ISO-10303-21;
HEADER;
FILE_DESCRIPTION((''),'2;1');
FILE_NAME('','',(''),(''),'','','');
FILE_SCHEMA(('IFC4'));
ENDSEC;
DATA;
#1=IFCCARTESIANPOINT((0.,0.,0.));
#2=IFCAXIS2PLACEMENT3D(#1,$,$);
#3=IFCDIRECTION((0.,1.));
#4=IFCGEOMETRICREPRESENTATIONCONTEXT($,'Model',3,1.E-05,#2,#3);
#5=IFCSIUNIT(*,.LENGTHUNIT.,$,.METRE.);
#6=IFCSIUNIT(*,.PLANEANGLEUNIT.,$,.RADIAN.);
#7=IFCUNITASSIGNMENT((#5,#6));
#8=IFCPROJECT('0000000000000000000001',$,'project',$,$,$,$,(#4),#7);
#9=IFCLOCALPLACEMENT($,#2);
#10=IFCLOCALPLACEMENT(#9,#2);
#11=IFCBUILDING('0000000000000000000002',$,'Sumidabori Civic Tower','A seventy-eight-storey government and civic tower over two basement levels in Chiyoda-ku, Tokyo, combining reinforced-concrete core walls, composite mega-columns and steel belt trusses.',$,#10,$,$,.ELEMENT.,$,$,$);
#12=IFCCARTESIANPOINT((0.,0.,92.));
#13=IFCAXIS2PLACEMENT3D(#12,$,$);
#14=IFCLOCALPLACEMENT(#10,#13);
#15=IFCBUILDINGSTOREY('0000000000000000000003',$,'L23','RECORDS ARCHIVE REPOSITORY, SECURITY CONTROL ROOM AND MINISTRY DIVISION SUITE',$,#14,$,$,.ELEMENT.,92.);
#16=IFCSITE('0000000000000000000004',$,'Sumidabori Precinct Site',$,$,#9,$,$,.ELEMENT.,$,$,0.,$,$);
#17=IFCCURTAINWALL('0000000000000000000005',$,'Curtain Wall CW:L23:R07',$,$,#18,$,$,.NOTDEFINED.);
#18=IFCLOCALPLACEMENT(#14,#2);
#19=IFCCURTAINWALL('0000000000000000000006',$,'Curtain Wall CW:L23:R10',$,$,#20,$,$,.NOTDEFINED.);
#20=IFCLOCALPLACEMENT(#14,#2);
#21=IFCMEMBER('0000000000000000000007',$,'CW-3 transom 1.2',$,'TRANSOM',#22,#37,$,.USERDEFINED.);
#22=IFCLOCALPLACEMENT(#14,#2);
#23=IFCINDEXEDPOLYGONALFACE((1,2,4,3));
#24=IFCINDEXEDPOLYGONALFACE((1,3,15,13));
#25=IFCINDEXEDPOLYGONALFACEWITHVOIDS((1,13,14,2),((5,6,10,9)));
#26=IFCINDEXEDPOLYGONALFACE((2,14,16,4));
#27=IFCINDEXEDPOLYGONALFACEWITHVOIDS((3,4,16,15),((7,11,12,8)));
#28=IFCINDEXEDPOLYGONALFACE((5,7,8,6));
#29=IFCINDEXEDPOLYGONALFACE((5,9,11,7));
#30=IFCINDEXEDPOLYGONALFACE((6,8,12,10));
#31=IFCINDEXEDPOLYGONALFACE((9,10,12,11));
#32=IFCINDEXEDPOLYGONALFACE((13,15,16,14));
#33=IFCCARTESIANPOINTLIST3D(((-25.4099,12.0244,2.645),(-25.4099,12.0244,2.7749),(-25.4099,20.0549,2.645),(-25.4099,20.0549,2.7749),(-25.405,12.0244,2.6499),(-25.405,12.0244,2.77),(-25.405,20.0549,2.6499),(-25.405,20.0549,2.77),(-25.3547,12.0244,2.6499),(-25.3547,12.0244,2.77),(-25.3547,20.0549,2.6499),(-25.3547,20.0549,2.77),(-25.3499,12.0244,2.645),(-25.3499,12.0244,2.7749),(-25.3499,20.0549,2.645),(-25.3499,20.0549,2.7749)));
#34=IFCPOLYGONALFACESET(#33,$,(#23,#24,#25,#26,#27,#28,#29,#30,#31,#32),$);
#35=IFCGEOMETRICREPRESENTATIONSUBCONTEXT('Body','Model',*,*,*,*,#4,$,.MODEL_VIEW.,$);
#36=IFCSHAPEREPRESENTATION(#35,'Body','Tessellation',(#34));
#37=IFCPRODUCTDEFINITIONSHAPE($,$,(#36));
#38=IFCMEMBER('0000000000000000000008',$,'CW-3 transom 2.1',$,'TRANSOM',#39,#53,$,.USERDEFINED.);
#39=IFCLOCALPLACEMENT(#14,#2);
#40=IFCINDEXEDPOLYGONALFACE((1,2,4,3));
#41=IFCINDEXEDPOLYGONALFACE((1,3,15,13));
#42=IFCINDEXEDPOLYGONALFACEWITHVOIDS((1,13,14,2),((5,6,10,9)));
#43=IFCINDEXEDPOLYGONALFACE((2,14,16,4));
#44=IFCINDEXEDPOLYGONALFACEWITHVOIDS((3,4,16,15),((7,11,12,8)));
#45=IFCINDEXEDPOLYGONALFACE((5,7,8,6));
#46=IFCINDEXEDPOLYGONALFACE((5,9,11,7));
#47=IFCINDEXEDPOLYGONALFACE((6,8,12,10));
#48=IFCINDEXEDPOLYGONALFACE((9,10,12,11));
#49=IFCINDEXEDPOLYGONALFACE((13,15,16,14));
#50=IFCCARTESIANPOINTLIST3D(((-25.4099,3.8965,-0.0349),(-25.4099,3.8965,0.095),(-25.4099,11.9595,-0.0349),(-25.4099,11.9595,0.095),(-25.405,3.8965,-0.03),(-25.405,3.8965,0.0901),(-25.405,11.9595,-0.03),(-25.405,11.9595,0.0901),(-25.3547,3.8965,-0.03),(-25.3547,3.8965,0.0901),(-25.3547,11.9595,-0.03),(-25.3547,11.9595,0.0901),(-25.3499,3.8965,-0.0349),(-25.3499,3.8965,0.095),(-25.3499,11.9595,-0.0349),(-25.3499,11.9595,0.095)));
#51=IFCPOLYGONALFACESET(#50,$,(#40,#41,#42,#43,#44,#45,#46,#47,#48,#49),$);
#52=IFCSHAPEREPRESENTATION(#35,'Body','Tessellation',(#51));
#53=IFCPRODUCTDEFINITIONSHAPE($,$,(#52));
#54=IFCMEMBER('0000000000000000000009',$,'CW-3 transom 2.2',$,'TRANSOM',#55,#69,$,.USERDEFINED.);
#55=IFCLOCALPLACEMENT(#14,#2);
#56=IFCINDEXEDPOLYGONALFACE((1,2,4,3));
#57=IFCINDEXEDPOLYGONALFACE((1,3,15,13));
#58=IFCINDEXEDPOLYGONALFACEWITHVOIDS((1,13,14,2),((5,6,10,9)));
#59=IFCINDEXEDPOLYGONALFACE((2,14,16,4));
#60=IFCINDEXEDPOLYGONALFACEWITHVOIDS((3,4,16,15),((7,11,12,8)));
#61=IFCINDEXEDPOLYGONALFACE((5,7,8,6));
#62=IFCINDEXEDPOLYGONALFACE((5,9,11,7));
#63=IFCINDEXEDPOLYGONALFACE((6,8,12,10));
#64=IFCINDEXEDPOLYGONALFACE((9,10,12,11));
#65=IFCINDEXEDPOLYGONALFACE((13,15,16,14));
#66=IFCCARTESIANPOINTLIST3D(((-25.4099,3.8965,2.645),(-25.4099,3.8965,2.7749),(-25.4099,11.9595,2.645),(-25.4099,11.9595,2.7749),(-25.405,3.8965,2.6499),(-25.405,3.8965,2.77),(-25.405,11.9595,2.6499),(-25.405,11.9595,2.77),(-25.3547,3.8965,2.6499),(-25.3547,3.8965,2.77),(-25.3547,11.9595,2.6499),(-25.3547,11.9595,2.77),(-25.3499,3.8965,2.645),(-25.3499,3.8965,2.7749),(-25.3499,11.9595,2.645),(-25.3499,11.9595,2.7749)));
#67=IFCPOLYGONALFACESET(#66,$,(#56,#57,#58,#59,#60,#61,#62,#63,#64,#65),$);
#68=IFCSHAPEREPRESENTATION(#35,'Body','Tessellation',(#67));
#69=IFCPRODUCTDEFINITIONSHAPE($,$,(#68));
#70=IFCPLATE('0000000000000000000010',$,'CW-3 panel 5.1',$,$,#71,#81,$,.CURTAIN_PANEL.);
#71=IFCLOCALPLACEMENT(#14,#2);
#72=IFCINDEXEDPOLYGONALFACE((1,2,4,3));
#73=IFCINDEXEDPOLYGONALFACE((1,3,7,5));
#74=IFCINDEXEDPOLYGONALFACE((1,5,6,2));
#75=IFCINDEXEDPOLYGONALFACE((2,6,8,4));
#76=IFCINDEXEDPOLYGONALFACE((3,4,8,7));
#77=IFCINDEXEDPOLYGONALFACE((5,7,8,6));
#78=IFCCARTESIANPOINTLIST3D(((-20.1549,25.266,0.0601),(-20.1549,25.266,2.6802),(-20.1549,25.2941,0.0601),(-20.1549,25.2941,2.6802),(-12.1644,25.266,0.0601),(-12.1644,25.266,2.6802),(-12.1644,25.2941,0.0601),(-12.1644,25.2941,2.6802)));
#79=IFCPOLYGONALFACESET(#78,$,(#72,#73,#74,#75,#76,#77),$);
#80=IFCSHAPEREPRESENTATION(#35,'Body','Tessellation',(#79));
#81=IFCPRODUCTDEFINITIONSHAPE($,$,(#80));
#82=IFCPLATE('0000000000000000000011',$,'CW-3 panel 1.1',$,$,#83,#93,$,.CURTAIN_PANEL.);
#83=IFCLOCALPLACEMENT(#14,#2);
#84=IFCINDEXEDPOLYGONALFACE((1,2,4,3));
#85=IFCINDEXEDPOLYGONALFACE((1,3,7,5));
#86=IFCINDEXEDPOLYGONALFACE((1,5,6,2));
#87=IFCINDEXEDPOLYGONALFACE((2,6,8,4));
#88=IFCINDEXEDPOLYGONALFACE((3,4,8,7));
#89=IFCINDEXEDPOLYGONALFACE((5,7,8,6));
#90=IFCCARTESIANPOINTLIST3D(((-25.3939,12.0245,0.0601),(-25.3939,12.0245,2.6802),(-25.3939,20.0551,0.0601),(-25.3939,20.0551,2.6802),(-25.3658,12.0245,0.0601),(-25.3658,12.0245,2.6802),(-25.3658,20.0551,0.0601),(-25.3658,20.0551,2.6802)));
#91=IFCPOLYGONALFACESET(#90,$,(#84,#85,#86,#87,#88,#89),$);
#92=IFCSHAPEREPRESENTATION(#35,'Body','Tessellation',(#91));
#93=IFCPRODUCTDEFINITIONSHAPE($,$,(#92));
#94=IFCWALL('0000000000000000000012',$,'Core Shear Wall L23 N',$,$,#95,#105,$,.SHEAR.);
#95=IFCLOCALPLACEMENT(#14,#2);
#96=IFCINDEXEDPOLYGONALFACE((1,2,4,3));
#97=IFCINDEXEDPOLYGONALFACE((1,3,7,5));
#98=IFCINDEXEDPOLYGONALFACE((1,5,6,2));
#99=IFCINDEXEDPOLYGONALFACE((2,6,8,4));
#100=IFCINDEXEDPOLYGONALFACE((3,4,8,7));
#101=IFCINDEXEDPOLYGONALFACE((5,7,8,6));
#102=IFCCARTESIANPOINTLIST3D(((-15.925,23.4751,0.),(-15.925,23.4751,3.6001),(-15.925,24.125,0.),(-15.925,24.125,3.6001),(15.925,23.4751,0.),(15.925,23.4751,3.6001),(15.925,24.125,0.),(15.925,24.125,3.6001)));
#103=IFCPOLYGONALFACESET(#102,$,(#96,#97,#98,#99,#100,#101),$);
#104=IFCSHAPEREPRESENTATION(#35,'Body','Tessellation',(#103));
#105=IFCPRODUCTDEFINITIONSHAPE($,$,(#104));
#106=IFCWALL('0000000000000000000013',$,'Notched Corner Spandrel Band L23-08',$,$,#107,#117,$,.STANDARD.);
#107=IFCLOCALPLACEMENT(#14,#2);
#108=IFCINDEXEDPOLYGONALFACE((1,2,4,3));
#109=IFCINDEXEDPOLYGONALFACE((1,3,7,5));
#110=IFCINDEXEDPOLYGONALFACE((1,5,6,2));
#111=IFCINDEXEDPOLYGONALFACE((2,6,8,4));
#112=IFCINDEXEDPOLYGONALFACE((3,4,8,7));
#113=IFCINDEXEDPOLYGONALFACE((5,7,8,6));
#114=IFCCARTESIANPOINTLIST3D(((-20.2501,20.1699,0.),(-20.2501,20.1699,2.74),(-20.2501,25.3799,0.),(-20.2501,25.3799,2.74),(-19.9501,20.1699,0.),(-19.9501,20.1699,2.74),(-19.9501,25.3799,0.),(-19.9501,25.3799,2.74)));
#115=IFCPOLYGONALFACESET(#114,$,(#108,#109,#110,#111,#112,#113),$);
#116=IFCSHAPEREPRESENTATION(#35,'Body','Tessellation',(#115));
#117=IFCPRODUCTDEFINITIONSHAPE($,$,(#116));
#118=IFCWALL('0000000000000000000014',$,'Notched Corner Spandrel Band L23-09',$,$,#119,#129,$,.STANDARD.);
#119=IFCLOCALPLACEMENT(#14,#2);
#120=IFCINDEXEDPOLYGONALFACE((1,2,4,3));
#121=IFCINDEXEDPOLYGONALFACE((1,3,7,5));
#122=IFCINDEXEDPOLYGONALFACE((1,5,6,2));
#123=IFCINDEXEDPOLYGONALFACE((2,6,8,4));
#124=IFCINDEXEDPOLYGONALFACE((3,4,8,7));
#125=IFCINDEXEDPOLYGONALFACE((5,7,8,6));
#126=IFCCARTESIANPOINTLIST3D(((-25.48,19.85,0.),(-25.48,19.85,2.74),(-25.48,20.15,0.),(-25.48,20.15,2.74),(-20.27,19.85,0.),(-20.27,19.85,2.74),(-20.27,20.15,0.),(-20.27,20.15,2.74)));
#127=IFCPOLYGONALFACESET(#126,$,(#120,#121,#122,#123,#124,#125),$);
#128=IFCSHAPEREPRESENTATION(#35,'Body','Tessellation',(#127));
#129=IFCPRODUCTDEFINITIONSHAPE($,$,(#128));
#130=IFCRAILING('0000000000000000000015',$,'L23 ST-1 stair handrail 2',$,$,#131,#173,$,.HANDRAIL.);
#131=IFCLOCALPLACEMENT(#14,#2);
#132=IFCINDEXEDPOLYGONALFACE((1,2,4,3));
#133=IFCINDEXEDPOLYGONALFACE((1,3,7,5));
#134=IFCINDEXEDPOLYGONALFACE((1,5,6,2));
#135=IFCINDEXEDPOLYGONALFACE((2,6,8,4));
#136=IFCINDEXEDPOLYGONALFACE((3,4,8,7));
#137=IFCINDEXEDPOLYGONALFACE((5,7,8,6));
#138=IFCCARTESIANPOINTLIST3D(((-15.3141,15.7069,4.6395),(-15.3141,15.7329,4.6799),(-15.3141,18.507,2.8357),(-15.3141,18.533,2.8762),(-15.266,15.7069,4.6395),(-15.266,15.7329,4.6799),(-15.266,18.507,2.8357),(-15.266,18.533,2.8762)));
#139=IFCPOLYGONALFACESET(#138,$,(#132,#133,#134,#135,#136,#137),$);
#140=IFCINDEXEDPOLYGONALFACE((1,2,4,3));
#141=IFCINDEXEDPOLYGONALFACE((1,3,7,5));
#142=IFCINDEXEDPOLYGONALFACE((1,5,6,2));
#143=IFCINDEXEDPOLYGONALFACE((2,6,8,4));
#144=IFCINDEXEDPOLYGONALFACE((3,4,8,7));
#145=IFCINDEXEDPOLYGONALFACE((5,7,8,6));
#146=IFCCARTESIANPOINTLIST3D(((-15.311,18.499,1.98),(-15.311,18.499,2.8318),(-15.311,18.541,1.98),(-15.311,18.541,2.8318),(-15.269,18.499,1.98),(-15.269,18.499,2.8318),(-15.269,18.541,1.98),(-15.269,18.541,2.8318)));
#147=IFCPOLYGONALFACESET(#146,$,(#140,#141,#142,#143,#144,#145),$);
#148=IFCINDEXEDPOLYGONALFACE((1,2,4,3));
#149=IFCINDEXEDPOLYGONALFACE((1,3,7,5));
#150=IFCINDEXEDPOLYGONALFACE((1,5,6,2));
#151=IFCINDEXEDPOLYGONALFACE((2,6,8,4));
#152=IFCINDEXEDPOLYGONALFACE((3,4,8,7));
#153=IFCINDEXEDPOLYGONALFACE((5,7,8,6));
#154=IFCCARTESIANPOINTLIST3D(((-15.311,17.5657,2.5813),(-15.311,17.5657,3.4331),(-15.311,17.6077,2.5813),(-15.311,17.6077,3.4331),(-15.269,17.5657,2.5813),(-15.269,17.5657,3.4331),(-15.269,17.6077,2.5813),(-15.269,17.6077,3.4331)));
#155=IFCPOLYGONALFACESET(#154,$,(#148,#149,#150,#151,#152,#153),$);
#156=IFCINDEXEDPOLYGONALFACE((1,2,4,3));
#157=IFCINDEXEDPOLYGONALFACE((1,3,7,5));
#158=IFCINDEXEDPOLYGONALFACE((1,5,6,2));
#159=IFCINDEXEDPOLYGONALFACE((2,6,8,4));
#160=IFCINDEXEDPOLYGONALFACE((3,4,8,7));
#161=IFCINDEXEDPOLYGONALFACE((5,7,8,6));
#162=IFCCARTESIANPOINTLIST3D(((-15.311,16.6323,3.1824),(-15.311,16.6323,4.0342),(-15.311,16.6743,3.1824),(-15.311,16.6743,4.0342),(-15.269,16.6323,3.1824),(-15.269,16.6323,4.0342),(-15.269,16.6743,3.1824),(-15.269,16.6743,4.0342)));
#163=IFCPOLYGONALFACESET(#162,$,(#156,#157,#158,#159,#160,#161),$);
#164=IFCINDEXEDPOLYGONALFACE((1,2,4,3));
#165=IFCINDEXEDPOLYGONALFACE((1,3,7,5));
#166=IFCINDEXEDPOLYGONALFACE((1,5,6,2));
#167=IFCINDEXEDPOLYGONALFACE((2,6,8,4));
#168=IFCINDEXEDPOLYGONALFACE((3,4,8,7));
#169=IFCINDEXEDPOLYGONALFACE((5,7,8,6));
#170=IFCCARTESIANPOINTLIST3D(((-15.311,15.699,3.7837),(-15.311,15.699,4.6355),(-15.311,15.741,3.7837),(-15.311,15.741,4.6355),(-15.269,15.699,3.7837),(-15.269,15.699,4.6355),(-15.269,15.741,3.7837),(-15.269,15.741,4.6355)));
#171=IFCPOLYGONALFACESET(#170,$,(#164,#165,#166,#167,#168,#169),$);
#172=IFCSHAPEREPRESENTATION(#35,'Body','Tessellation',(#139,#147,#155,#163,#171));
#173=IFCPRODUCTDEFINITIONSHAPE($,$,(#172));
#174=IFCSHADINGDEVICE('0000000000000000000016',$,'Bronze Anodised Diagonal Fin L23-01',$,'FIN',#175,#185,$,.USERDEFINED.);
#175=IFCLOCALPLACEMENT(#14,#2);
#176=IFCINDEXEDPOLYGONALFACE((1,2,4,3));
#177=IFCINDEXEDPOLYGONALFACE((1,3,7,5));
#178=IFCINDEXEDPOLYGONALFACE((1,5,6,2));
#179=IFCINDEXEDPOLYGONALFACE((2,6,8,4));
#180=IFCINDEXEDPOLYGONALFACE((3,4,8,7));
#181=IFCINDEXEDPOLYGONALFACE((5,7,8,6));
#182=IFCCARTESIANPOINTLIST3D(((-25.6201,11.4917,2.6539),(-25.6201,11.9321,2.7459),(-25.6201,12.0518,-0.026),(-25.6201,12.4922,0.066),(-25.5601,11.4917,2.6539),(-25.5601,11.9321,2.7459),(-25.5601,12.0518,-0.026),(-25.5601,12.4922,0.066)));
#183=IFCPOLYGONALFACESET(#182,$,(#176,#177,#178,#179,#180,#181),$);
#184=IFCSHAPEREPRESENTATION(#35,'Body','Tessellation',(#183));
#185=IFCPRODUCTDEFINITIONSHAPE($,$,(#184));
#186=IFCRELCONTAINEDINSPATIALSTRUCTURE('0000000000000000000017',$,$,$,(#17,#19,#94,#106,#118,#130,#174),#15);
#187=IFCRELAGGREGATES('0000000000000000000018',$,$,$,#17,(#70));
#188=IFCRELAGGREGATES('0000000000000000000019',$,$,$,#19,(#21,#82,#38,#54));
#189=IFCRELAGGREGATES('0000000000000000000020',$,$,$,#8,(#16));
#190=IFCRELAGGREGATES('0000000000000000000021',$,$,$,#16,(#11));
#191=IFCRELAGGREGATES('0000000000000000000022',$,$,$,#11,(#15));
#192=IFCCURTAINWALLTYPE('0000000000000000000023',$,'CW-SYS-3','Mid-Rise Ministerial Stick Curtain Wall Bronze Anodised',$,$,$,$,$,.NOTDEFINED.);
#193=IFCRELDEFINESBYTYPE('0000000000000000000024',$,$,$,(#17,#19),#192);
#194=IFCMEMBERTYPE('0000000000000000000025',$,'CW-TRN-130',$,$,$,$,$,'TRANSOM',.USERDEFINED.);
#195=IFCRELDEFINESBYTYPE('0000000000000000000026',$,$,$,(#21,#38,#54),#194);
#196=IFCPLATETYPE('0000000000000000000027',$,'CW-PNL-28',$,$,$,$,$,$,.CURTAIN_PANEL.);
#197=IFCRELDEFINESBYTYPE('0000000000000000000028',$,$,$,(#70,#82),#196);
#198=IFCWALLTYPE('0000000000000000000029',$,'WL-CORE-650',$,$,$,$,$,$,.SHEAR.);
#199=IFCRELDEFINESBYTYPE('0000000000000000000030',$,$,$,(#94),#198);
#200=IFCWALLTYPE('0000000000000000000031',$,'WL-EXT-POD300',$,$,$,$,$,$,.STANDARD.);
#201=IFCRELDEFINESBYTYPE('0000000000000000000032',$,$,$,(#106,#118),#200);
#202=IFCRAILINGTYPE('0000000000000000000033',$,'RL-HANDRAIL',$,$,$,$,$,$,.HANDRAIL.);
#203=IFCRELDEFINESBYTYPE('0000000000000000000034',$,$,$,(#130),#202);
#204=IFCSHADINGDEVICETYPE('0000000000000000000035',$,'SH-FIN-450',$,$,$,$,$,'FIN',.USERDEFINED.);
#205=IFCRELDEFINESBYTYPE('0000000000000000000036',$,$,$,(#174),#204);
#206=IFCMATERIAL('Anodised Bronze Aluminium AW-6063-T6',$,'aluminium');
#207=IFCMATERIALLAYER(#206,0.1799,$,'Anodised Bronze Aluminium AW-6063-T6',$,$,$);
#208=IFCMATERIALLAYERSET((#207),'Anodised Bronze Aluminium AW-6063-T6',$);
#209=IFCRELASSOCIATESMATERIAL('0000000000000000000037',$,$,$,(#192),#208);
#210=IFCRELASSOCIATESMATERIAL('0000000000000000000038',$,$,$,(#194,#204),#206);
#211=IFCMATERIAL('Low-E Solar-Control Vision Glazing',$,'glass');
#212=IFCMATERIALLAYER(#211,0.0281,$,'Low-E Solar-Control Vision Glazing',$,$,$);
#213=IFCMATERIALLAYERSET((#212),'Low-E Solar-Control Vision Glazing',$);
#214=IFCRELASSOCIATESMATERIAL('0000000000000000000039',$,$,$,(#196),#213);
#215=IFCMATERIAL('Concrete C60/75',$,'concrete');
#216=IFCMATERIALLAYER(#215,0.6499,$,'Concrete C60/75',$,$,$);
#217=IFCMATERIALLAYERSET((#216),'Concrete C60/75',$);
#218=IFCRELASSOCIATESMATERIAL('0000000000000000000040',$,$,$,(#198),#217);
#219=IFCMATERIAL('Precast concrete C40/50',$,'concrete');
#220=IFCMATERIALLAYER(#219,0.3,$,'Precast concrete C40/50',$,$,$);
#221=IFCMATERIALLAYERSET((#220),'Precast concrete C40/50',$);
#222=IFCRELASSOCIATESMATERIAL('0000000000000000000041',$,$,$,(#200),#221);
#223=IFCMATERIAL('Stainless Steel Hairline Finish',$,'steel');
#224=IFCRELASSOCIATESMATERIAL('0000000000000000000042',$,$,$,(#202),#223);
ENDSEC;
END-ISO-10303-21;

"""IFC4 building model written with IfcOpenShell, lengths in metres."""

from ifc_helpers import new_model, si_unit, direction, frame, frame_2d, origin, origin_2d, place, context, subcontext, project, spatial, rectangle, hollow_rectangle, extrude, source, transform, mapped, material, layer, layer_set, material_profile, profile_set, type_object, element, aggregate, save


model = new_model("IFC4")

# Units and contexts
model_context = context("Model", 3, precision=1e-05, world=origin(), true_north=direction((0.0, 1.0)))
body_context = subcontext(model_context, "Body", "Model", "MODEL_VIEW")
ifc_project = project(units=[si_unit("LENGTHUNIT", "METRE"), si_unit("PLANEANGLEUNIT", "RADIAN")], contexts=[model_context])

# Site, building, storey
site_placement = place(None, origin())
site = spatial("IfcSite", under=ifc_project, at=site_placement, Name="Sumidabori Precinct Site", CompositionType="ELEMENT", RefElevation=0.0)
building_placement = place(site_placement, origin())
building = spatial("IfcBuilding", under=site, at=building_placement, Name="Sumidabori Civic Tower", Description="A seventy-eight-storey government and civic tower over two basement levels in Chiyoda-ku, Tokyo, combining reinforced-concrete core walls, composite mega-columns and steel belt trusses.", CompositionType="ELEMENT")
storey_placement = place(building_placement, frame((0.0, 0.0, 92.0)))
storey = spatial("IfcBuildingStorey", under=building, at=storey_placement, Name="L23", Description="RECORDS ARCHIVE REPOSITORY, SECURITY CONTROL ROOM AND MINISTRY DIVISION SUITE", CompositionType="ELEMENT", Elevation=92.0)

# Shared definitions
ifc_material_1 = material(Name="Concrete C60/75", Category="concrete")

# Curtain wall
ifc_material_2 = material(Name="Anodised Bronze Aluminium AW-6063-T6", Category="aluminium")
ifc_layer_1 = layer(ifc_material_2, 0.1799, Name="Anodised Bronze Aluminium AW-6063-T6")
ifc_layer_set_1 = layer_set([ifc_layer_1], Name="Anodised Bronze Aluminium AW-6063-T6")
curtain_wall_type = type_object("IfcCurtainWallType", Name="CW-SYS-3", Description="Mid-Rise Ministerial Stick Curtain Wall Bronze Anodised", PredefinedType="NOTDEFINED", material=ifc_layer_set_1)
curtain_wall_1_placement = place(storey_placement, origin())
curtain_wall_1 = element("IfcCurtainWall", 1, at=curtain_wall_1_placement, inside=storey, type_object=curtain_wall_type, Name="Curtain Wall CW:L23:R07", PredefinedType="NOTDEFINED")

# Curtain wall, members
curtain_wall_2_placement = place(storey_placement, origin())
curtain_wall_2 = element("IfcCurtainWall", 2, at=curtain_wall_2_placement, inside=storey, type_object=curtain_wall_type, Name="Curtain Wall CW:L23:R10", PredefinedType="NOTDEFINED")
ifc_material_profile_1 = material_profile(ifc_material_2, hollow_rectangle(XDim=0.0601, YDim=0.1299, WallThickness=0.0049, at=origin_2d()), Name="ALU TRANSOM 130x60")
ifc_profile_set_1 = profile_set([ifc_material_profile_1], Name="Anodised Bronze Aluminium AW-6063-T6")
member_type_1 = type_object("IfcMemberType", Name="CW-TRN-130", ElementType="TRANSOM", PredefinedType="USERDEFINED", material=ifc_profile_set_1)
shared_shape_1 = source(origin(), body_context, "Body", "SweptSolid", [
    extrude(hollow_rectangle(XDim=0.0601, YDim=0.1299, WallThickness=0.0049, at=origin_2d()), origin(), (0.0, 0.0, 1.0), 8.0305),
])
member_1_placement = place(storey_placement, frame((-25.3799, 20.0549, 2.71), z_axis=(0.0, -1.0, 0.0), x_axis=(1.0, 0.0, 0.0)))
member_1 = element("IfcMember", 3, at=member_1_placement, type_object=member_type_1, Name="CW-3 transom 1.2", ObjectType="TRANSOM", PredefinedType="USERDEFINED", context=body_context, shape_type="MappedRepresentation", body=[
    mapped(shared_shape_1, transform((0.0, 0.0, 0.0), x_axis=(1.0, 0.0, 0.0), y_axis=(0.0, 1.0, 0.0), z_axis=(0.0, 0.0, 1.0), scale=1.0)),
])
shared_shape_2 = source(origin(), body_context, "Body", "SweptSolid", [
    extrude(hollow_rectangle(XDim=0.0601, YDim=0.1299, WallThickness=0.0049, at=origin_2d()), origin(), (0.0, 0.0, 1.0), 8.063),
])
member_2_placement = place(storey_placement, frame((-25.3799, 11.9595, 0.03), z_axis=(0.0, -1.0, 0.0), x_axis=(1.0, 0.0, 0.0)))
member_2 = element("IfcMember", 4, at=member_2_placement, type_object=member_type_1, Name="CW-3 transom 2.1", ObjectType="TRANSOM", PredefinedType="USERDEFINED", context=body_context, shape_type="MappedRepresentation", body=[
    mapped(shared_shape_2, transform((0.0, 0.0, 0.0), x_axis=(1.0, 0.0, 0.0), y_axis=(0.0, 1.0, 0.0), z_axis=(0.0, 0.0, 1.0), scale=1.0)),
])
member_3_placement = place(storey_placement, frame((-25.3799, 11.9595, 2.71), z_axis=(0.0, -1.0, 0.0), x_axis=(1.0, 0.0, 0.0)))
member_3 = element("IfcMember", 5, at=member_3_placement, type_object=member_type_1, Name="CW-3 transom 2.2", ObjectType="TRANSOM", PredefinedType="USERDEFINED", context=body_context, shape_type="MappedRepresentation", body=[
    mapped(shared_shape_2, transform((0.0, 0.0, 0.0), x_axis=(1.0, 0.0, 0.0), y_axis=(0.0, 1.0, 0.0), z_axis=(0.0, 0.0, 1.0), scale=1.0)),
])

# Plates
ifc_material_3 = material(Name="Low-E Solar-Control Vision Glazing", Category="glass")
ifc_layer_2 = layer(ifc_material_3, 0.0281, Name="Low-E Solar-Control Vision Glazing")
ifc_layer_set_2 = layer_set([ifc_layer_2], Name="Low-E Solar-Control Vision Glazing")
plate_type = type_object("IfcPlateType", Name="CW-PNL-28", PredefinedType="CURTAIN_PANEL", material=ifc_layer_set_2)
shared_shape_3 = source(origin(), body_context, "Body", "SweptSolid", [
    extrude(rectangle(XDim=7.9905, YDim=0.0281, at=origin_2d()), origin(), (0.0, 0.0, 1.0), 2.6201),
])
plate_1_placement = place(storey_placement, frame((-16.1597, 25.28, 0.0601), z_axis=(0.0, 0.0, 1.0), x_axis=(-1.0, 0.0, 0.0)))
plate_1 = element("IfcPlate", 6, at=plate_1_placement, type_object=plate_type, Name="CW-3 panel 5.1", PredefinedType="CURTAIN_PANEL", context=body_context, shape_type="MappedRepresentation", body=[
    mapped(shared_shape_3, transform((0.0, 0.0, 0.0), x_axis=(1.0, 0.0, 0.0), y_axis=(0.0, 1.0, 0.0), z_axis=(0.0, 0.0, 1.0), scale=1.0)),
])
aggregate(curtain_wall_1, [plate_1])
shared_shape_4 = source(origin(), body_context, "Body", "SweptSolid", [
    extrude(rectangle(XDim=8.0305, YDim=0.0281, at=origin_2d()), origin(), (0.0, 0.0, 1.0), 2.6201),
])
plate_2_placement = place(storey_placement, frame((-25.3799, 16.0398, 0.0601), z_axis=(0.0, 0.0, 1.0), x_axis=(0.0, -1.0, 0.0)))
plate_2 = element("IfcPlate", 7, at=plate_2_placement, type_object=plate_type, Name="CW-3 panel 1.1", PredefinedType="CURTAIN_PANEL", context=body_context, shape_type="MappedRepresentation", body=[
    mapped(shared_shape_4, transform((0.0, 0.0, 0.0), x_axis=(1.0, 0.0, 0.0), y_axis=(0.0, 1.0, 0.0), z_axis=(0.0, 0.0, 1.0), scale=1.0)),
])
aggregate(curtain_wall_2, [member_1, plate_2, member_2, member_3])

# Walls
ifc_layer_3 = layer(ifc_material_1, 0.6499, Name="Concrete C60/75")
ifc_layer_set_3 = layer_set([ifc_layer_3], Name="Concrete C60/75")
wall_type_1 = type_object("IfcWallType", Name="WL-CORE-650", PredefinedType="SHEAR", material=ifc_layer_set_3)
shared_shape_5 = source(origin(), body_context, "Body", "SweptSolid", [
    extrude(rectangle(XDim=31.8501, YDim=0.6499, at=frame_2d((15.925, 0.0))), origin(), (0.0, 0.0, 1.0), 3.6001),
])
wall_placement = place(storey_placement, frame((-15.925, 23.8, 0.0), z_axis=(0.0, 0.0, 1.0), x_axis=(1.0, 0.0, 0.0)))
element("IfcWall", 8, at=wall_placement, inside=storey, type_object=wall_type_1, Name="Core Shear Wall L23 N", PredefinedType="SHEAR", context=body_context, shape_type="MappedRepresentation", body=[
    mapped(shared_shape_5, transform((0.0, 0.0, 0.0), x_axis=(1.0, 0.0, 0.0), y_axis=(0.0, 1.0, 0.0), z_axis=(0.0, 0.0, 1.0), scale=1.0)),
])
ifc_material_4 = material(Name="Precast concrete C40/50", Category="concrete")
ifc_layer_4 = layer(ifc_material_4, 0.3, Name="Precast concrete C40/50")
ifc_layer_set_4 = layer_set([ifc_layer_4], Name="Precast concrete C40/50")
wall_type_2 = type_object("IfcWallType", Name="WL-EXT-POD300", PredefinedType="STANDARD", material=ifc_layer_set_4)
shared_shape_6 = source(origin(), body_context, "Body", "SweptSolid", [
    extrude(rectangle(XDim=5.21, YDim=0.3, at=frame_2d((2.605, 0.0))), origin(), (0.0, 0.0, 1.0), 2.74),
])
for number, where, z_axis, x_axis, name in (
    (9, (-20.1001, 25.3799, 0.0), (0.0, 0.0, 1.0), (0.0, -1.0, 0.0), "Notched Corner Spandrel Band L23-08"),
    (10, (-20.27, 20.0, 0.0), (0.0, 0.0, 1.0), (-1.0, 0.0, 0.0), "Notched Corner Spandrel Band L23-09"),
):
    element("IfcWall", number, at=place(storey_placement, frame(where, z_axis=z_axis, x_axis=x_axis)), inside=storey, type_object=wall_type_2, Name=name, PredefinedType="STANDARD", context=body_context, shape_type="MappedRepresentation", body=[
        mapped(shared_shape_6, transform((0.0, 0.0, 0.0), x_axis=(1.0, 0.0, 0.0), y_axis=(0.0, 1.0, 0.0), z_axis=(0.0, 0.0, 1.0), scale=1.0)),
    ])

# Railing
ifc_material_5 = material(Name="Stainless Steel Hairline Finish", Category="steel")
railing_type = type_object("IfcRailingType", Name="RL-HANDRAIL", PredefinedType="HANDRAIL", material=ifc_material_5)
railing_placement = place(storey_placement, frame((-15.29, 18.52, 1.98)))
element("IfcRailing", 11, at=railing_placement, inside=storey, type_object=railing_type, Name="L23 ST-1 stair handrail 2", PredefinedType="HANDRAIL", context=body_context, shape_type="SweptSolid", body=[
    extrude(rectangle(XDim=0.0481, YDim=0.0481, at=origin_2d()), frame((0.0, 0.0, 0.876), z_axis=(0.0, -0.840676, 0.541539), x_axis=(1.0, 0.0, 0.0)), (0.0, 0.0, 1.0), 3.3308),
    extrude(rectangle(XDim=0.042, YDim=0.042, at=origin_2d()), origin(), (0.0, 0.0, 1.0), 0.8518),
    extrude(rectangle(XDim=0.042, YDim=0.042, at=origin_2d()), frame((0.0, -0.9333, 0.6013)), (0.0, 0.0, 1.0), 0.8518),
    extrude(rectangle(XDim=0.042, YDim=0.042, at=origin_2d()), frame((0.0, -1.8667, 1.2024)), (0.0, 0.0, 1.0), 0.8518),
    extrude(rectangle(XDim=0.042, YDim=0.042, at=origin_2d()), frame((0.0, -2.8, 1.8037)), (0.0, 0.0, 1.0), 0.8518),
])

# Shading device
ifc_material_profile_2 = material_profile(ifc_material_2, rectangle(XDim=0.0601, YDim=0.45, at=origin_2d()), Name="BRONZE FIN 450x60")
ifc_profile_set_2 = profile_set([ifc_material_profile_2], Name="Anodised Bronze Aluminium AW-6063-T6")
shading_device_type = type_object("IfcShadingDeviceType", Name="SH-FIN-450", ElementType="FIN", PredefinedType="USERDEFINED", material=ifc_profile_set_2)
shared_shape_7 = source(origin(), body_context, "Body", "SweptSolid", [
    extrude(rectangle(XDim=0.0601, YDim=0.45, at=origin_2d()), origin(), (0.0, 0.0, 1.0), 2.7378),
])
shading_device_placement = place(storey_placement, frame((-25.5901, 12.272, 0.02), z_axis=(0.0, -0.204563, 0.978853), x_axis=(-1.0, 0.0, 0.0)))
element("IfcShadingDevice", 12, at=shading_device_placement, inside=storey, type_object=shading_device_type, Name="Bronze Anodised Diagonal Fin L23-01", ObjectType="FIN", PredefinedType="USERDEFINED", context=body_context, shape_type="MappedRepresentation", body=[
    mapped(shared_shape_7, transform((0.0, 0.0, 0.0), x_axis=(1.0, 0.0, 0.0), y_axis=(0.0, 1.0, 0.0), z_axis=(0.0, 0.0, 1.0), scale=1.0)),
])

save(model, "model.ifc")
